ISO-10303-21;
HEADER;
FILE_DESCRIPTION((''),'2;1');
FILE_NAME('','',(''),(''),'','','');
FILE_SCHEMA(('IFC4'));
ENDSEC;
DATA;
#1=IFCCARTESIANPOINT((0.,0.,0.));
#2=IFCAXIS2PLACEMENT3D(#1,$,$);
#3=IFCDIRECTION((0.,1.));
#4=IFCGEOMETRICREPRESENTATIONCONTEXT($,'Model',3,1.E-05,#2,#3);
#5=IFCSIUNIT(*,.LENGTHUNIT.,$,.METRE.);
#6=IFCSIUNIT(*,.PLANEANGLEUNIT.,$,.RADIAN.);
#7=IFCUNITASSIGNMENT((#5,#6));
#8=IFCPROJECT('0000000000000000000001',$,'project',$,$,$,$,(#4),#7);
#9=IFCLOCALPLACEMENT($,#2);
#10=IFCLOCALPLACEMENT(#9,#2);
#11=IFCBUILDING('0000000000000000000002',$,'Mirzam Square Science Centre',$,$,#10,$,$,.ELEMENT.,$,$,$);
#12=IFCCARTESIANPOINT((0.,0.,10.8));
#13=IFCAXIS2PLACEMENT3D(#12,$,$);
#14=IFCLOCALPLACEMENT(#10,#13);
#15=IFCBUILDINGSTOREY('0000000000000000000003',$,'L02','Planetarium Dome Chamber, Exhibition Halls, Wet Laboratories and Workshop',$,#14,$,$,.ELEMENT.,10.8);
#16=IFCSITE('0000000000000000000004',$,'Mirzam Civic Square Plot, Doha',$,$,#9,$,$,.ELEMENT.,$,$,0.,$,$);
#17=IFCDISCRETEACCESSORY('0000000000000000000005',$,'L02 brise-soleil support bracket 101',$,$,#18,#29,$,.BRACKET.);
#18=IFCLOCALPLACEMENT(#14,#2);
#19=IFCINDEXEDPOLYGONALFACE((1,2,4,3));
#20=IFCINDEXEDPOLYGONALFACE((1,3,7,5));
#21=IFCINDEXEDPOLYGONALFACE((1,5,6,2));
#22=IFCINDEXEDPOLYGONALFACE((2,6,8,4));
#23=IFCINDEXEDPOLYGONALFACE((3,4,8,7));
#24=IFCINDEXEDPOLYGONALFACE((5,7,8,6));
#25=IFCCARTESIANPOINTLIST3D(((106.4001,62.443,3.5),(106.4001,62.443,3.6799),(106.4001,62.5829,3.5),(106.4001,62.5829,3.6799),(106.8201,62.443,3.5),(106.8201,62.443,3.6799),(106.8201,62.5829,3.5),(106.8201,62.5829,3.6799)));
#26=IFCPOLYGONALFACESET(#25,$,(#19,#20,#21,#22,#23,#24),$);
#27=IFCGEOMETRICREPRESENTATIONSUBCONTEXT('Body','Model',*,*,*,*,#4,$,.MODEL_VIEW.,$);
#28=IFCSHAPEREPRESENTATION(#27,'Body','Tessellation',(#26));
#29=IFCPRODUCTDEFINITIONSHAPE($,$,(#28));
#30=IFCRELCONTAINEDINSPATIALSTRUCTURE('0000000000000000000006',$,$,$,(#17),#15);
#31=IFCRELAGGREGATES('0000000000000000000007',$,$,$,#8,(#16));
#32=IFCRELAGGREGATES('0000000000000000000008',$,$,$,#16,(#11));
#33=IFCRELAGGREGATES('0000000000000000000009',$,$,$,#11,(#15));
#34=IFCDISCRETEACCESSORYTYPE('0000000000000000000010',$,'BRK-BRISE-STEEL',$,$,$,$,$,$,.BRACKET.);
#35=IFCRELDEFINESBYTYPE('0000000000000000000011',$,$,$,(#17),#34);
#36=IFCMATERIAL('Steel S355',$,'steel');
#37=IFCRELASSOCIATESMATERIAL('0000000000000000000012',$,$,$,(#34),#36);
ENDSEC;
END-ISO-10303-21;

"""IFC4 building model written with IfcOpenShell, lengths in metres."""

from ifc_helpers import new_model, si_unit, direction, frame, origin, origin_2d, place, context, subcontext, project, spatial, rectangle, extrude, material, type_object, element, save


model = new_model("IFC4")

# Units and contexts
model_context = context("Model", 3, precision=1e-05, world=origin(), true_north=direction((0.0, 1.0)))
body_context = subcontext(model_context, "Body", "Model", "MODEL_VIEW")
ifc_project = project(units=[si_unit("LENGTHUNIT", "METRE"), si_unit("PLANEANGLEUNIT", "RADIAN")], contexts=[model_context])

# Site, building, storey
site_placement = place(None, origin())
site = spatial("IfcSite", under=ifc_project, at=site_placement, Name="Mirzam Civic Square Plot, Doha", CompositionType="ELEMENT", RefElevation=0.0)
building_placement = place(site_placement, origin())
building = spatial("IfcBuilding", under=site, at=building_placement, Name="Mirzam Square Science Centre", CompositionType="ELEMENT")
storey_placement = place(building_placement, frame((0.0, 0.0, 10.8)))
storey = spatial("IfcBuildingStorey", under=building, at=storey_placement, Name="L02", Description="Planetarium Dome Chamber, Exhibition Halls, Wet Laboratories and Workshop", CompositionType="ELEMENT", Elevation=10.8)

# Shared definitions
ifc_material_1 = material(Name="Steel S355", Category="steel")

# Discrete accessory
discrete_accessory_type = type_object("IfcDiscreteAccessoryType", Name="BRK-BRISE-STEEL", PredefinedType="BRACKET", material=ifc_material_1)
for number, where, z_axis, x_axis, name in (
    (1, (106.6101, 62.5129, 3.5), (0.0, 0.0, 1.0), (0.0, -1.0, 0.0), "L02 brise-soleil support bracket 101"),
):
    element("IfcDiscreteAccessory", number, at=place(storey_placement, frame(where, z_axis=z_axis, x_axis=x_axis)), inside=storey, type_object=discrete_accessory_type, Name=name, PredefinedType="BRACKET", context=body_context, shape_type="SweptSolid", body=[
        extrude(rectangle(XDim=0.1399, YDim=0.4199, at=origin_2d()), origin(), (0.0, 0.0, 1.0), 0.1799),
    ])

save(model, "model.ifc")
